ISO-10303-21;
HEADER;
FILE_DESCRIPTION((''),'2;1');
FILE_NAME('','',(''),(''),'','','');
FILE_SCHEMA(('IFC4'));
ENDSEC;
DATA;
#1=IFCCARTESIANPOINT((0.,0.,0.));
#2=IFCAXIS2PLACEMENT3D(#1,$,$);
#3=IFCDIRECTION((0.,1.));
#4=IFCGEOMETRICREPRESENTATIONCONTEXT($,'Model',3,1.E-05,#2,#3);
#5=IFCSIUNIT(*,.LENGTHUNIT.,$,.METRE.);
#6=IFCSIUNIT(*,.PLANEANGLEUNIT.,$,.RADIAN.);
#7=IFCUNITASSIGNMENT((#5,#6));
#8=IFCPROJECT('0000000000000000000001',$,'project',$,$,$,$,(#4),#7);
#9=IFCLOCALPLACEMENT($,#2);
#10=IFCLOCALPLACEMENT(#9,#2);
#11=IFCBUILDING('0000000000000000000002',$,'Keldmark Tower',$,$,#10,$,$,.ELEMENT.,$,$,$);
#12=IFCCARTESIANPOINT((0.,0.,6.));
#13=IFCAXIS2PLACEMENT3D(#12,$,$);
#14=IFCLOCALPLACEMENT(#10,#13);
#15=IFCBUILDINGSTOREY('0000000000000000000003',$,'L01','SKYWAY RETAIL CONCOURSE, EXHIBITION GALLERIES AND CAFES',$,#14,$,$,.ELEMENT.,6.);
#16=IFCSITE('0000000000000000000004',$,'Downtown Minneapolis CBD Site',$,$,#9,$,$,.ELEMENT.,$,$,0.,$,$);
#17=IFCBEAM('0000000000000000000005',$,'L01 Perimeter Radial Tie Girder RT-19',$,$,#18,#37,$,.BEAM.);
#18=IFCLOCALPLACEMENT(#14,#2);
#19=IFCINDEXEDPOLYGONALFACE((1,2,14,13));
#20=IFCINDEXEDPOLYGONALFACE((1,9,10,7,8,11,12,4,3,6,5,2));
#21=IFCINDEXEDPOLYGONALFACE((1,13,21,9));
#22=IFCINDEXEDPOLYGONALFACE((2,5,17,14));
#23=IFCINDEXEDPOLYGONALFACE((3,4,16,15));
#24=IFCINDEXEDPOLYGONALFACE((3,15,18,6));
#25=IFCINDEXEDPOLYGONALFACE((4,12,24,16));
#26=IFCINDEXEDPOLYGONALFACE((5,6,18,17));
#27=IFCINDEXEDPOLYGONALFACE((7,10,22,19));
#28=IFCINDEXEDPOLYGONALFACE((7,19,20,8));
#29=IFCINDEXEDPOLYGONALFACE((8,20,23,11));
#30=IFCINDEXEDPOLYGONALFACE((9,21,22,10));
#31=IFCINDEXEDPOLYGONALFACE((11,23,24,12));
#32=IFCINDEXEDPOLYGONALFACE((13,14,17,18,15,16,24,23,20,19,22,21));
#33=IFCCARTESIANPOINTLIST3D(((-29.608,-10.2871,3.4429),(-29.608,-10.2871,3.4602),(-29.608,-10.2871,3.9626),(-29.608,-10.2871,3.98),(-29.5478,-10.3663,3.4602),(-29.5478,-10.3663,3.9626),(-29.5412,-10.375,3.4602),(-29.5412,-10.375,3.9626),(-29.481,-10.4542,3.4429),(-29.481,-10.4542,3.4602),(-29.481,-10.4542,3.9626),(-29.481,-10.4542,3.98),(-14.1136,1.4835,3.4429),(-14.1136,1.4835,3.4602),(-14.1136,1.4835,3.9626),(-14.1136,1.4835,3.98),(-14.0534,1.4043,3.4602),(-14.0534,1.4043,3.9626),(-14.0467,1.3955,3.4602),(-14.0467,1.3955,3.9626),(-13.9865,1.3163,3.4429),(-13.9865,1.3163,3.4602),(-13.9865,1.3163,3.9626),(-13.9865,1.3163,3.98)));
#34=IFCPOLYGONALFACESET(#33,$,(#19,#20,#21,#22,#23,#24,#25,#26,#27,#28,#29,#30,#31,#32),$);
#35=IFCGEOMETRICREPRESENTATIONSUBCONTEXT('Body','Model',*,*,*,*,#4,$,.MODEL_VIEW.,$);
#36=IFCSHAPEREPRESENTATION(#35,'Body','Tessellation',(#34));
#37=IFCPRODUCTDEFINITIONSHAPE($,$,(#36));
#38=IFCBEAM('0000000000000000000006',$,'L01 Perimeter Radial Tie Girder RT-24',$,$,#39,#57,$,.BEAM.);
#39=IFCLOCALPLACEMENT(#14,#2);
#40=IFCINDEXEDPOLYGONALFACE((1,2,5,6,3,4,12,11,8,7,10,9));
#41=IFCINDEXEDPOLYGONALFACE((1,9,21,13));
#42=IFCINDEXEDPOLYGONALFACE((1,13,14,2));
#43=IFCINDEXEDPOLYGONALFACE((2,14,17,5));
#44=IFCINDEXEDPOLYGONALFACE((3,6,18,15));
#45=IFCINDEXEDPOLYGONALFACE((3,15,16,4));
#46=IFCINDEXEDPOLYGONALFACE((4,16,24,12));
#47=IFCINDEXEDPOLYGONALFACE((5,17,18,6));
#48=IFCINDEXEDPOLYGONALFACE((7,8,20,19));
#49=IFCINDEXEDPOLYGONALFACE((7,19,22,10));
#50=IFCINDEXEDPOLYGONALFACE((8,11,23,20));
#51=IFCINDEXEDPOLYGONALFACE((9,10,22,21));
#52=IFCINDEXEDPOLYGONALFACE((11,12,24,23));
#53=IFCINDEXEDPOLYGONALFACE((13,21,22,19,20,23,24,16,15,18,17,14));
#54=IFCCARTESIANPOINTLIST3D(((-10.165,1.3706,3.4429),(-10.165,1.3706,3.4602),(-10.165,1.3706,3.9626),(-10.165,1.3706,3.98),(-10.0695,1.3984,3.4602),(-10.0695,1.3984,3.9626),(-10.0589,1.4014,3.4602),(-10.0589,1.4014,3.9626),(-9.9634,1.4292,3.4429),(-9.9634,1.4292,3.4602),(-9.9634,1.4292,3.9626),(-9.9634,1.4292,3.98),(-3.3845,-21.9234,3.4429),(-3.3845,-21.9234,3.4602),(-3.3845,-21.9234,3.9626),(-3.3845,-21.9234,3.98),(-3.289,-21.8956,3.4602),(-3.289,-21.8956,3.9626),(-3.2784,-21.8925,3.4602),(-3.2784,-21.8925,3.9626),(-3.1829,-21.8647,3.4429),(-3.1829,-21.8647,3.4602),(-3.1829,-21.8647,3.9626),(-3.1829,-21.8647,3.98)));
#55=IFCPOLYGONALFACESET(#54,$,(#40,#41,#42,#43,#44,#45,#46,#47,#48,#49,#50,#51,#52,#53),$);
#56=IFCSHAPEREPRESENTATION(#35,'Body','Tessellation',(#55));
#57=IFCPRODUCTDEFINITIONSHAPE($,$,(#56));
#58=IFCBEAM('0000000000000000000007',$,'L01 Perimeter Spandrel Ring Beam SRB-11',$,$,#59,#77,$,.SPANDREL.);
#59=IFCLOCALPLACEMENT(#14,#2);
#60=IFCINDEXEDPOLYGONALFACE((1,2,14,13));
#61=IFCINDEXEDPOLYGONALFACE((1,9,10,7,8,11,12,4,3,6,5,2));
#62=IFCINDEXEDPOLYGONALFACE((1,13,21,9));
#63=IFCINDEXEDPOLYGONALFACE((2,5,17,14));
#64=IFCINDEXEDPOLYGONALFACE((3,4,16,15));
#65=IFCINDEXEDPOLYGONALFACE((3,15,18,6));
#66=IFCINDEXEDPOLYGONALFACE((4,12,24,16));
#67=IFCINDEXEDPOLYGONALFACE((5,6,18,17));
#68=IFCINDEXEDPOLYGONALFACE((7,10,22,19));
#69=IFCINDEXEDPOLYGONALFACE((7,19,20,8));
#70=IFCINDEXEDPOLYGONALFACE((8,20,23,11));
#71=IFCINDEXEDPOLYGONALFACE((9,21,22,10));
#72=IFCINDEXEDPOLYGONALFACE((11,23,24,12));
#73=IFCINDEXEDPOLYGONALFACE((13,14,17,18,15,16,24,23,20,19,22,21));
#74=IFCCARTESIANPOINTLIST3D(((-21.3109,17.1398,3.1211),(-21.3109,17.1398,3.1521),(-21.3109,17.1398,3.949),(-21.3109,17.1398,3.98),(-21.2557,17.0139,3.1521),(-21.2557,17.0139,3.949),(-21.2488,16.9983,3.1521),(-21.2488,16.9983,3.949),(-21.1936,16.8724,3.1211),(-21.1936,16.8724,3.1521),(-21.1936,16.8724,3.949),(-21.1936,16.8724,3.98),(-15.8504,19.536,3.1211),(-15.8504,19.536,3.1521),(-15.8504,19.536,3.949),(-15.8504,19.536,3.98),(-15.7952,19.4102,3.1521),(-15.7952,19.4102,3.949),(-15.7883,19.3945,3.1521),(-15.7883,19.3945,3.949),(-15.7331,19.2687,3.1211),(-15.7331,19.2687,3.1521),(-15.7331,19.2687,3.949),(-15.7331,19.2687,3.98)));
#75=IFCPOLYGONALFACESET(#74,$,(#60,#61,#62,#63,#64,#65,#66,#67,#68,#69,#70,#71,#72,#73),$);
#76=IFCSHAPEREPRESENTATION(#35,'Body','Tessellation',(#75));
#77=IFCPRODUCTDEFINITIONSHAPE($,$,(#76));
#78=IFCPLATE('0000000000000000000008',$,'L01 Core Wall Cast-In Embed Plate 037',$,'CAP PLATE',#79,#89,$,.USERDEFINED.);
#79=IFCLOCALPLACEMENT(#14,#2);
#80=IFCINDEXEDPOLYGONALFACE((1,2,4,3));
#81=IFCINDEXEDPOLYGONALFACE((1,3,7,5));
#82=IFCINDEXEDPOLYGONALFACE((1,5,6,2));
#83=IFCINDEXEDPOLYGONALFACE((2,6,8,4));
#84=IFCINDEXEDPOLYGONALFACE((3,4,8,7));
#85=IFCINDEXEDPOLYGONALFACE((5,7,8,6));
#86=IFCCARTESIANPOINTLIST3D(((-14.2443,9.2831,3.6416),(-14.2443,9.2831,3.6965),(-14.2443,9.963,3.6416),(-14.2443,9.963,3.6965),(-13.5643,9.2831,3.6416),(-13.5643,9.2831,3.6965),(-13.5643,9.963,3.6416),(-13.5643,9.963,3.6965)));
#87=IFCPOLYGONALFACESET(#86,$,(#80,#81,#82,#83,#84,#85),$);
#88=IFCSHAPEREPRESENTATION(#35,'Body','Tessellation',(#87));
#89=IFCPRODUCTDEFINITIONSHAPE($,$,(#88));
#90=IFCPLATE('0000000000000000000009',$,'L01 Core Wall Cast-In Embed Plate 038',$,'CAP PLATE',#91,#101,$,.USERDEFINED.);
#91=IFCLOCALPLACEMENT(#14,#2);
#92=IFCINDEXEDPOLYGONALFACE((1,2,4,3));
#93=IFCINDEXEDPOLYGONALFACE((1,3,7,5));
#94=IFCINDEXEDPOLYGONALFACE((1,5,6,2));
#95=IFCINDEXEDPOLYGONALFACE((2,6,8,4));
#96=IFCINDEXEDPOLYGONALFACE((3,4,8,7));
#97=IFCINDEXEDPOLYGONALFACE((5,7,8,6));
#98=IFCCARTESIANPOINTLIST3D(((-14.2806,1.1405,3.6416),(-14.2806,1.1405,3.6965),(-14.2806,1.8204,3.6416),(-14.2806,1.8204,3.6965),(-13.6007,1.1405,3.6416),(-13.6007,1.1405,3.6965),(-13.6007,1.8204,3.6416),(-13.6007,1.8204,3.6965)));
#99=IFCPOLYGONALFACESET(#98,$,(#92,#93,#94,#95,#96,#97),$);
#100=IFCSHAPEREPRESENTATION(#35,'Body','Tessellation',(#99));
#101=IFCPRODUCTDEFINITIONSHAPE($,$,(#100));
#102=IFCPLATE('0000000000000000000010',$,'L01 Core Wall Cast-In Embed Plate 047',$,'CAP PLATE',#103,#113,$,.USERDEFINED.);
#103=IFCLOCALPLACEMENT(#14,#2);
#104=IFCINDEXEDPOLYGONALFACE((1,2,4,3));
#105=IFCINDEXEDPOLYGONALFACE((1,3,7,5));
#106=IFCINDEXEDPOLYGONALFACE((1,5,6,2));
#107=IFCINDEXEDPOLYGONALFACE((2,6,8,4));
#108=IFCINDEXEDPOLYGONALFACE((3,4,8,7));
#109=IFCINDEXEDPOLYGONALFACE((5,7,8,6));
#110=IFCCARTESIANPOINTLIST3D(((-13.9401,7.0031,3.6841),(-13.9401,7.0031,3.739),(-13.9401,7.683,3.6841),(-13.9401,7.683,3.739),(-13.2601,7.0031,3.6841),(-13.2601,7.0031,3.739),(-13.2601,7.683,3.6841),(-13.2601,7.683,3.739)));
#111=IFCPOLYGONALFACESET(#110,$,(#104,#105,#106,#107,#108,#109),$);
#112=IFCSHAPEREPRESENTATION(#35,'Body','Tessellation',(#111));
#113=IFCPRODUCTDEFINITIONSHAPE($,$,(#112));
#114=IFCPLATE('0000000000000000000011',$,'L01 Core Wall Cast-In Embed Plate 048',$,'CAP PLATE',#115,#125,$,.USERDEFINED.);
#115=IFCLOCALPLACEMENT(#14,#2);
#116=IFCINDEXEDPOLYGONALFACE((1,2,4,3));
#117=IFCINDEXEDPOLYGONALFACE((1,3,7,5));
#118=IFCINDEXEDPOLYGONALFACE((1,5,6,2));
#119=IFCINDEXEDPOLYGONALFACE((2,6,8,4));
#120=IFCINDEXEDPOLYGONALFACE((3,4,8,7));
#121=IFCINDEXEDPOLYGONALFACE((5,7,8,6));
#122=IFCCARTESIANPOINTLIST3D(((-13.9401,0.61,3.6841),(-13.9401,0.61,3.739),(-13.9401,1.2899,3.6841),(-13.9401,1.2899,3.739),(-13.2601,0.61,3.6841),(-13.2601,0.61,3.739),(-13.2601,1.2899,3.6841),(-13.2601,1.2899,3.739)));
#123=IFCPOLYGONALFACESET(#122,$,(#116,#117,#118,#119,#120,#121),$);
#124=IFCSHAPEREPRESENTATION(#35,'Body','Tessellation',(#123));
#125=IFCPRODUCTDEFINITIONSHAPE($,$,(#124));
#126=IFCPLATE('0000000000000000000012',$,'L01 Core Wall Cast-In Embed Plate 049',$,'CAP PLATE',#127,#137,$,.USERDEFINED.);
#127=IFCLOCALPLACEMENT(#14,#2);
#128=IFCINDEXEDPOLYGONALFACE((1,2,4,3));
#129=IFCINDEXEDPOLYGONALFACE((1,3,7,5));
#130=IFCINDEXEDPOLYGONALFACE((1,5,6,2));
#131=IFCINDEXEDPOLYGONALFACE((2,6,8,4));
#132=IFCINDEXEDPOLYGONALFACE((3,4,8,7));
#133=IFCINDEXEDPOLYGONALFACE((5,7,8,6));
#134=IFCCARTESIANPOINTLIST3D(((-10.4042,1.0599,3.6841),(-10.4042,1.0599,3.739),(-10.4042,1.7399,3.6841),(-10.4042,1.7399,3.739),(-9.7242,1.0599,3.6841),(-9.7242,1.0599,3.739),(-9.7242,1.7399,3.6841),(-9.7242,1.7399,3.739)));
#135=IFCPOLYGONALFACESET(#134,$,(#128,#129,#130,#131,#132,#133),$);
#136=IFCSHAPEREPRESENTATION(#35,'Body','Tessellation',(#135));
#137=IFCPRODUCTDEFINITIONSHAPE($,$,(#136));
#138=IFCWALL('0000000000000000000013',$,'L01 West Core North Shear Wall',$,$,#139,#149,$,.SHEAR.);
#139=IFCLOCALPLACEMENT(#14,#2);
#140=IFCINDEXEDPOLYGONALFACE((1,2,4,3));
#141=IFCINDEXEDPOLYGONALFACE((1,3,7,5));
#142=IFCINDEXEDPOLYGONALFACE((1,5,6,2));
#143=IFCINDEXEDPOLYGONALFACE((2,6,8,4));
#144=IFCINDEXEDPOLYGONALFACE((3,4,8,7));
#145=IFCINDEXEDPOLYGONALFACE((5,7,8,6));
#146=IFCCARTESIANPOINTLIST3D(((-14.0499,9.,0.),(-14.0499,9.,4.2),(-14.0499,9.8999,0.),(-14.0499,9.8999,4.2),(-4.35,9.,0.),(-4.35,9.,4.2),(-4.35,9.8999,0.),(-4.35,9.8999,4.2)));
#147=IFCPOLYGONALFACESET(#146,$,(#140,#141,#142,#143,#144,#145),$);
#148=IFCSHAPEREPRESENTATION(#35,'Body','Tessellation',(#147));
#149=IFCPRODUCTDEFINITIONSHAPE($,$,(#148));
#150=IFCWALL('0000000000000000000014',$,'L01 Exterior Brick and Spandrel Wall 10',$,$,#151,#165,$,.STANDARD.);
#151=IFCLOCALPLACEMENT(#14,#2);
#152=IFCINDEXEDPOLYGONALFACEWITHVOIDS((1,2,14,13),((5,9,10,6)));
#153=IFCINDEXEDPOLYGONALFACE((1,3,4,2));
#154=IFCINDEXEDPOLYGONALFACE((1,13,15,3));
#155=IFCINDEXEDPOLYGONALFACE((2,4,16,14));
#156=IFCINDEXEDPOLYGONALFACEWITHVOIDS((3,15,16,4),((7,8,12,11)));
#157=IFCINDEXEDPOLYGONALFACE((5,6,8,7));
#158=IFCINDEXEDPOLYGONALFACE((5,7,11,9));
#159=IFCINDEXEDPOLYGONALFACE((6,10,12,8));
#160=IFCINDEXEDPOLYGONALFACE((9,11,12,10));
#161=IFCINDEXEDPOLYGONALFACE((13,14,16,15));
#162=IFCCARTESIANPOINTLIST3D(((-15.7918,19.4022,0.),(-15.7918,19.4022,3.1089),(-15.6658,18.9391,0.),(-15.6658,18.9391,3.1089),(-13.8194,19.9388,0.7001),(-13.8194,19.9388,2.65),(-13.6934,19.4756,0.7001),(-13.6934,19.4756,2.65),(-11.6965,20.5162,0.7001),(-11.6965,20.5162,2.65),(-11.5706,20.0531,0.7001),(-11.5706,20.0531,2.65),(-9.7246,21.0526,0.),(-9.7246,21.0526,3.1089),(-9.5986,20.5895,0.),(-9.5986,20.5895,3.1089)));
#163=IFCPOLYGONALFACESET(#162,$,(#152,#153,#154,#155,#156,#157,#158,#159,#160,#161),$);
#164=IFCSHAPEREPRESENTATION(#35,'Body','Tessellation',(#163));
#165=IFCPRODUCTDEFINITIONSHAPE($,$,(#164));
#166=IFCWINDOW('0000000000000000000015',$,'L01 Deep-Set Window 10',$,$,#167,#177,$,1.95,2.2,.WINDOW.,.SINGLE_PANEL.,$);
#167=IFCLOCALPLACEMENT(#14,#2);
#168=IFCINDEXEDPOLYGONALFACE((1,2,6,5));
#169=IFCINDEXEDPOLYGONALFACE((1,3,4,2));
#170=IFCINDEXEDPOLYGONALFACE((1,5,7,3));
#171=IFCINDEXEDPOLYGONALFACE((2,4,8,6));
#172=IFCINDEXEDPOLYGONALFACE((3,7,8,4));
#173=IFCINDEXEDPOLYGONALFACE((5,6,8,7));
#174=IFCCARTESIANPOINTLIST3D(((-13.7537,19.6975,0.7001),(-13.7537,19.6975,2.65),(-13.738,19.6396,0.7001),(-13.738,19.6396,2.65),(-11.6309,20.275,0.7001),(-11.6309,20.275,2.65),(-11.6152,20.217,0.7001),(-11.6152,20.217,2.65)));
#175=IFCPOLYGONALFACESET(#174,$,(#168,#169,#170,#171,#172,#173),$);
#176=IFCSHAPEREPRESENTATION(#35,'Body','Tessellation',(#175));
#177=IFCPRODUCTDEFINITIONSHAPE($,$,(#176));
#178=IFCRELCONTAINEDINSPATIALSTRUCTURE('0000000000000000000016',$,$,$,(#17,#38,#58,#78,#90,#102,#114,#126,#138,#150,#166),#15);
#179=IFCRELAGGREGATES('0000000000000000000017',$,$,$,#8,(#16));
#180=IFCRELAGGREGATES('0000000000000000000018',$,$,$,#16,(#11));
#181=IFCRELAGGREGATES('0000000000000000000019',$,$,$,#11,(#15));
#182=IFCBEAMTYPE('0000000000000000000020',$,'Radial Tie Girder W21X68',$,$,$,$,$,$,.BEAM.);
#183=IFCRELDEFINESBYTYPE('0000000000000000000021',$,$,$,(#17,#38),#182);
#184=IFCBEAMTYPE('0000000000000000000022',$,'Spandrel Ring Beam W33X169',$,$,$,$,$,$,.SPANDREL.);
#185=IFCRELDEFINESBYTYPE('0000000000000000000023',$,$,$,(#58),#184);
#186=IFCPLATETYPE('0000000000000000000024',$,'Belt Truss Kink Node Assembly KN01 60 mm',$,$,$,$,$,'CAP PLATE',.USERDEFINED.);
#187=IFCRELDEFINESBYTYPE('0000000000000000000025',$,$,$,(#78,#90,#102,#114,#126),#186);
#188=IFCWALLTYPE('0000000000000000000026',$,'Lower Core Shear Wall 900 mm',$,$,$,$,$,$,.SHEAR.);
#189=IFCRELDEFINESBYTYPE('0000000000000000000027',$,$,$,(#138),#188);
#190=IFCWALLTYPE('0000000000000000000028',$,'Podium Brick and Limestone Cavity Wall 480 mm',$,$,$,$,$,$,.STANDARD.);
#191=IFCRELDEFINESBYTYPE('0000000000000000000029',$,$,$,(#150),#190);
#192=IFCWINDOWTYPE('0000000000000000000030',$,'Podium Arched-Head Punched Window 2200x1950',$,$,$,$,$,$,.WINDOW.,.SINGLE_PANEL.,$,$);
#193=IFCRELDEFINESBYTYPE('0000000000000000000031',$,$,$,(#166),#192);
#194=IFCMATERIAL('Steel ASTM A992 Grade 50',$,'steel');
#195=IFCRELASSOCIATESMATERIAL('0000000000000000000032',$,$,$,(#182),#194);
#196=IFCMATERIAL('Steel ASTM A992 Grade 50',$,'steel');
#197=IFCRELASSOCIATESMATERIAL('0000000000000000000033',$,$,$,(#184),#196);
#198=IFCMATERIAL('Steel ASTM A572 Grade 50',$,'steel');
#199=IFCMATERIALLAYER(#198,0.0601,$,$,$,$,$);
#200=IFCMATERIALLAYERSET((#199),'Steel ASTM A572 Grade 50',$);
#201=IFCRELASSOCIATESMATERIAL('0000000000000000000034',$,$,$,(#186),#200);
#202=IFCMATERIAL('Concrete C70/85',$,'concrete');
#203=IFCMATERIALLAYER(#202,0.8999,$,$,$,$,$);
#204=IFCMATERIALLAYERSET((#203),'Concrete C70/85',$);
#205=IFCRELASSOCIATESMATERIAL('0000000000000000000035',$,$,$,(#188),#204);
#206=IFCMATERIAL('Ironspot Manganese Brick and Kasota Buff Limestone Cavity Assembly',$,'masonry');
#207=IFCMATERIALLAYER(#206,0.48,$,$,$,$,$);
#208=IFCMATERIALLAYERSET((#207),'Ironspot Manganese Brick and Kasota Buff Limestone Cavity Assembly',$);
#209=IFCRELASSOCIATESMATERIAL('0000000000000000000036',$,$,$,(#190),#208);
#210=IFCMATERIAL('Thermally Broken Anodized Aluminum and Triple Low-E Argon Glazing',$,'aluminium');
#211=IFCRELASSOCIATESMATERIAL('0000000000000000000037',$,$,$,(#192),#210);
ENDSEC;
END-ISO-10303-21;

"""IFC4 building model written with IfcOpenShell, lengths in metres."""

from ifc_helpers import new_model, si_unit, direction, frame, frame_2d, origin, origin_2d, place, context, subcontext, project, spatial, rectangle, i_section, extrude, material, layer, layer_set, material_profile, profile_set, type_object, element, fill, save


model = new_model("IFC4")

# Units and contexts
model_context = context("Model", 3, precision=1e-05, world=origin(), true_north=direction((0.0, 1.0)))
body_context = subcontext(model_context, "Body", "Model", "MODEL_VIEW")
ifc_project = project(units=[si_unit("LENGTHUNIT", "METRE"), si_unit("PLANEANGLEUNIT", "RADIAN")], contexts=[model_context])

# Site, building, storey
site_placement = place(None, origin())
site = spatial("IfcSite", under=ifc_project, at=site_placement, Name="Downtown Minneapolis CBD Site", CompositionType="ELEMENT", RefElevation=0.0)
building_placement = place(site_placement, origin())
building = spatial("IfcBuilding", under=site, at=building_placement, Name="Keldmark Tower", CompositionType="ELEMENT")
storey_placement = place(building_placement, frame((0.0, 0.0, 6.0)))
storey = spatial("IfcBuildingStorey", under=building, at=storey_placement, Name="L01", Description="SKYWAY RETAIL CONCOURSE, EXHIBITION GALLERIES AND CAFES", CompositionType="ELEMENT", Elevation=6.0)

# Beams
ifc_material_1 = material(Name="Steel ASTM A992 Grade 50", Category="steel")
ifc_material_profile_1 = material_profile(ifc_material_1, i_section(OverallWidth=0.21, OverallDepth=0.5371, WebThickness=0.011, FlangeThickness=0.0173, at=origin_2d()), Name="W21X68")
ifc_profile_set_1 = profile_set([ifc_material_profile_1], Name="Steel ASTM A992 Grade 50")
beam_type_1 = type_object("IfcBeamType", Name="Radial Tie Girder W21X68", PredefinedType="BEAM", material=ifc_profile_set_1)
beam_1_placement = place(storey_placement, frame((-14.05, 1.3999, 3.7114), z_axis=(-0.796292, -0.604913, 0.0), x_axis=(0.604913, -0.796292, 0.0)))
element("IfcBeam", 1, at=beam_1_placement, inside=storey, type_object=beam_type_1, Name="L01 Perimeter Radial Tie Girder RT-19", PredefinedType="BEAM", context=body_context, shape_type="SweptSolid", body=[
    extrude(i_section(OverallWidth=0.21, OverallDepth=0.5371, WebThickness=0.011, FlangeThickness=0.0173, at=origin_2d()), origin(), (0.0, 0.0, 1.0), 19.4583),
])
beam_2_placement = place(storey_placement, frame((-10.0642, 1.3999, 3.7114), z_axis=(0.279485, -0.96015, 0.0), x_axis=(0.96015, 0.279485, 0.0)))
element("IfcBeam", 2, at=beam_2_placement, inside=storey, type_object=beam_type_1, Name="L01 Perimeter Radial Tie Girder RT-24", PredefinedType="BEAM", context=body_context, shape_type="SweptSolid", body=[
    extrude(i_section(OverallWidth=0.21, OverallDepth=0.5371, WebThickness=0.011, FlangeThickness=0.0173, at=origin_2d()), origin(), (0.0, 0.0, 1.0), 24.2607),
])
ifc_material_2 = material(Name="Steel ASTM A992 Grade 50", Category="steel")
ifc_material_profile_2 = material_profile(ifc_material_2, i_section(OverallWidth=0.292, OverallDepth=0.8589, WebThickness=0.0171, FlangeThickness=0.031, at=origin_2d()), Name="W33X169")
ifc_profile_set_2 = profile_set([ifc_material_profile_2], Name="Steel ASTM A992 Grade 50")
beam_type_2 = type_object("IfcBeamType", Name="Spandrel Ring Beam W33X169", PredefinedType="SPANDREL", material=ifc_profile_set_2)
beam_3_placement = place(storey_placement, frame((-15.7917, 19.4023, 3.5505), z_axis=(-0.915708, -0.401845, 0.0), x_axis=(0.401845, -0.915708, 0.0)))
element("IfcBeam", 3, at=beam_3_placement, inside=storey, type_object=beam_type_2, Name="L01 Perimeter Spandrel Ring Beam SRB-11", PredefinedType="SPANDREL", context=body_context, shape_type="SweptSolid", body=[
    extrude(i_section(OverallWidth=0.292, OverallDepth=0.8589, WebThickness=0.0171, FlangeThickness=0.031, at=origin_2d()), origin(), (0.0, 0.0, 1.0), 5.9631),
])

# Plates
ifc_material_3 = material(Name="Steel ASTM A572 Grade 50", Category="steel")
ifc_layer_1 = layer(ifc_material_3, 0.0601)
ifc_layer_set_1 = layer_set([ifc_layer_1], Name="Steel ASTM A572 Grade 50")
plate_type = type_object("IfcPlateType", Name="Belt Truss Kink Node Assembly KN01 60 mm", ElementType="CAP PLATE", PredefinedType="USERDEFINED", material=ifc_layer_set_1)
for number, where, z_axis, x_axis, name in (
    (4, (-13.9043, 9.623, 3.6416), (0.0, 0.0, 1.0), (1.0, 0.0, 0.0), "L01 Core Wall Cast-In Embed Plate 037"),
    (5, (-13.9407, 1.4805, 3.6416), (0.0, 0.0, 1.0), (1.0, 0.0, 0.0), "L01 Core Wall Cast-In Embed Plate 038"),
    (6, (-13.6001, 7.343, 3.6841), (0.0, 0.0, 1.0), (1.0, 0.0, 0.0), "L01 Core Wall Cast-In Embed Plate 047"),
    (7, (-13.6001, 0.95, 3.6841), (0.0, 0.0, 1.0), (1.0, 0.0, 0.0), "L01 Core Wall Cast-In Embed Plate 048"),
    (8, (-10.0642, 1.3999, 3.6841), (0.0, 0.0, 1.0), (1.0, 0.0, 0.0), "L01 Core Wall Cast-In Embed Plate 049"),
):
    element("IfcPlate", number, at=place(storey_placement, frame(where, z_axis=z_axis, x_axis=x_axis)), inside=storey, type_object=plate_type, Name=name, ObjectType="CAP PLATE", PredefinedType="USERDEFINED", context=body_context, shape_type="SweptSolid", body=[
        extrude(rectangle(XDim=0.6799, YDim=0.6799, at=origin_2d()), origin(), (0.0, 0.0, 1.0), 0.0549),
    ])

# Wall
ifc_material_4 = material(Name="Concrete C70/85", Category="concrete")
ifc_layer_2 = layer(ifc_material_4, 0.8999)
ifc_layer_set_2 = layer_set([ifc_layer_2], Name="Concrete C70/85")
wall_type_1 = type_object("IfcWallType", Name="Lower Core Shear Wall 900 mm", PredefinedType="SHEAR", material=ifc_layer_set_2)
wall_1_placement = place(storey_placement, frame((-14.05, 9.45, 0.0), z_axis=(0.0, 0.0, 1.0), x_axis=(1.0, 0.0, 0.0)))
element("IfcWall", 9, at=wall_1_placement, inside=storey, type_object=wall_type_1, Name="L01 West Core North Shear Wall", PredefinedType="SHEAR", context=body_context, shape_type="SweptSolid", body=[
    extrude(rectangle(XDim=9.7, YDim=0.8999, at=frame_2d((4.8501, 0.0))), origin(), (0.0, 0.0, 1.0), 4.2),
])

# Wall, opening, window
ifc_material_5 = material(Name="Ironspot Manganese Brick and Kasota Buff Limestone Cavity Assembly", Category="masonry")
ifc_layer_3 = layer(ifc_material_5, 0.48)
ifc_layer_set_3 = layer_set([ifc_layer_3], Name="Ironspot Manganese Brick and Kasota Buff Limestone Cavity Assembly")
wall_type_2 = type_object("IfcWallType", Name="Podium Brick and Limestone Cavity Wall 480 mm", PredefinedType="STANDARD", material=ifc_layer_set_3)
wall_2_placement = place(storey_placement, frame((-15.7288, 19.1707, 0.0), z_axis=(0.0, 0.0, 1.0), x_axis=(0.964937, 0.262483, 0.0)))
wall_2 = element("IfcWall", 10, at=wall_2_placement, inside=storey, type_object=wall_type_2, Name="L01 Exterior Brick and Spandrel Wall 10", PredefinedType="STANDARD", context=body_context, shape_type="SweptSolid", body=[
    extrude(rectangle(XDim=6.2876, YDim=0.48, at=frame_2d((3.1438, 0.0))), origin(), (0.0, 0.0, 1.0), 3.1089),
])
opening_1_placement = place(wall_2_placement, frame((2.0439, 0.0, 0.7)))
opening_1 = element("IfcOpeningElement", 11, at=opening_1_placement, cuts=wall_2, PredefinedType="OPENING", context=body_context, shape_type="SweptSolid", body=[
    extrude(rectangle(XDim=2.2, YDim=1.95, at=frame_2d((1.1001, 0.9751))), frame((0.0, 0.25, 0.0), z_axis=(0.0, -1.0, 0.0), x_axis=(1.0, 0.0, 0.0)), (0.0, 0.0, 1.0), 0.5),
])
ifc_material_6 = material(Name="Thermally Broken Anodized Aluminum and Triple Low-E Argon Glazing", Category="aluminium")
window_type = type_object("IfcWindowType", Name="Podium Arched-Head Punched Window 2200x1950", PartitioningType="SINGLE_PANEL", PredefinedType="WINDOW", material=ifc_material_6)
window_placement = place(opening_1_placement, origin())
window = element("IfcWindow", 12, at=window_placement, inside=storey, type_object=window_type, Name="L01 Deep-Set Window 10", OverallHeight=1.95, OverallWidth=2.2, PartitioningType="SINGLE_PANEL", PredefinedType="WINDOW", context=body_context, shape_type="SweptSolid", body=[
    extrude(rectangle(XDim=2.2, YDim=1.95, at=frame_2d((1.1001, 0.9751))), frame((0.0, -0.01, 0.0), z_axis=(0.0, -1.0, 0.0), x_axis=(1.0, 0.0, 0.0)), (0.0, 0.0, 1.0), 0.0601),
])
fill(opening_1, window)

save(model, "model.ifc")
